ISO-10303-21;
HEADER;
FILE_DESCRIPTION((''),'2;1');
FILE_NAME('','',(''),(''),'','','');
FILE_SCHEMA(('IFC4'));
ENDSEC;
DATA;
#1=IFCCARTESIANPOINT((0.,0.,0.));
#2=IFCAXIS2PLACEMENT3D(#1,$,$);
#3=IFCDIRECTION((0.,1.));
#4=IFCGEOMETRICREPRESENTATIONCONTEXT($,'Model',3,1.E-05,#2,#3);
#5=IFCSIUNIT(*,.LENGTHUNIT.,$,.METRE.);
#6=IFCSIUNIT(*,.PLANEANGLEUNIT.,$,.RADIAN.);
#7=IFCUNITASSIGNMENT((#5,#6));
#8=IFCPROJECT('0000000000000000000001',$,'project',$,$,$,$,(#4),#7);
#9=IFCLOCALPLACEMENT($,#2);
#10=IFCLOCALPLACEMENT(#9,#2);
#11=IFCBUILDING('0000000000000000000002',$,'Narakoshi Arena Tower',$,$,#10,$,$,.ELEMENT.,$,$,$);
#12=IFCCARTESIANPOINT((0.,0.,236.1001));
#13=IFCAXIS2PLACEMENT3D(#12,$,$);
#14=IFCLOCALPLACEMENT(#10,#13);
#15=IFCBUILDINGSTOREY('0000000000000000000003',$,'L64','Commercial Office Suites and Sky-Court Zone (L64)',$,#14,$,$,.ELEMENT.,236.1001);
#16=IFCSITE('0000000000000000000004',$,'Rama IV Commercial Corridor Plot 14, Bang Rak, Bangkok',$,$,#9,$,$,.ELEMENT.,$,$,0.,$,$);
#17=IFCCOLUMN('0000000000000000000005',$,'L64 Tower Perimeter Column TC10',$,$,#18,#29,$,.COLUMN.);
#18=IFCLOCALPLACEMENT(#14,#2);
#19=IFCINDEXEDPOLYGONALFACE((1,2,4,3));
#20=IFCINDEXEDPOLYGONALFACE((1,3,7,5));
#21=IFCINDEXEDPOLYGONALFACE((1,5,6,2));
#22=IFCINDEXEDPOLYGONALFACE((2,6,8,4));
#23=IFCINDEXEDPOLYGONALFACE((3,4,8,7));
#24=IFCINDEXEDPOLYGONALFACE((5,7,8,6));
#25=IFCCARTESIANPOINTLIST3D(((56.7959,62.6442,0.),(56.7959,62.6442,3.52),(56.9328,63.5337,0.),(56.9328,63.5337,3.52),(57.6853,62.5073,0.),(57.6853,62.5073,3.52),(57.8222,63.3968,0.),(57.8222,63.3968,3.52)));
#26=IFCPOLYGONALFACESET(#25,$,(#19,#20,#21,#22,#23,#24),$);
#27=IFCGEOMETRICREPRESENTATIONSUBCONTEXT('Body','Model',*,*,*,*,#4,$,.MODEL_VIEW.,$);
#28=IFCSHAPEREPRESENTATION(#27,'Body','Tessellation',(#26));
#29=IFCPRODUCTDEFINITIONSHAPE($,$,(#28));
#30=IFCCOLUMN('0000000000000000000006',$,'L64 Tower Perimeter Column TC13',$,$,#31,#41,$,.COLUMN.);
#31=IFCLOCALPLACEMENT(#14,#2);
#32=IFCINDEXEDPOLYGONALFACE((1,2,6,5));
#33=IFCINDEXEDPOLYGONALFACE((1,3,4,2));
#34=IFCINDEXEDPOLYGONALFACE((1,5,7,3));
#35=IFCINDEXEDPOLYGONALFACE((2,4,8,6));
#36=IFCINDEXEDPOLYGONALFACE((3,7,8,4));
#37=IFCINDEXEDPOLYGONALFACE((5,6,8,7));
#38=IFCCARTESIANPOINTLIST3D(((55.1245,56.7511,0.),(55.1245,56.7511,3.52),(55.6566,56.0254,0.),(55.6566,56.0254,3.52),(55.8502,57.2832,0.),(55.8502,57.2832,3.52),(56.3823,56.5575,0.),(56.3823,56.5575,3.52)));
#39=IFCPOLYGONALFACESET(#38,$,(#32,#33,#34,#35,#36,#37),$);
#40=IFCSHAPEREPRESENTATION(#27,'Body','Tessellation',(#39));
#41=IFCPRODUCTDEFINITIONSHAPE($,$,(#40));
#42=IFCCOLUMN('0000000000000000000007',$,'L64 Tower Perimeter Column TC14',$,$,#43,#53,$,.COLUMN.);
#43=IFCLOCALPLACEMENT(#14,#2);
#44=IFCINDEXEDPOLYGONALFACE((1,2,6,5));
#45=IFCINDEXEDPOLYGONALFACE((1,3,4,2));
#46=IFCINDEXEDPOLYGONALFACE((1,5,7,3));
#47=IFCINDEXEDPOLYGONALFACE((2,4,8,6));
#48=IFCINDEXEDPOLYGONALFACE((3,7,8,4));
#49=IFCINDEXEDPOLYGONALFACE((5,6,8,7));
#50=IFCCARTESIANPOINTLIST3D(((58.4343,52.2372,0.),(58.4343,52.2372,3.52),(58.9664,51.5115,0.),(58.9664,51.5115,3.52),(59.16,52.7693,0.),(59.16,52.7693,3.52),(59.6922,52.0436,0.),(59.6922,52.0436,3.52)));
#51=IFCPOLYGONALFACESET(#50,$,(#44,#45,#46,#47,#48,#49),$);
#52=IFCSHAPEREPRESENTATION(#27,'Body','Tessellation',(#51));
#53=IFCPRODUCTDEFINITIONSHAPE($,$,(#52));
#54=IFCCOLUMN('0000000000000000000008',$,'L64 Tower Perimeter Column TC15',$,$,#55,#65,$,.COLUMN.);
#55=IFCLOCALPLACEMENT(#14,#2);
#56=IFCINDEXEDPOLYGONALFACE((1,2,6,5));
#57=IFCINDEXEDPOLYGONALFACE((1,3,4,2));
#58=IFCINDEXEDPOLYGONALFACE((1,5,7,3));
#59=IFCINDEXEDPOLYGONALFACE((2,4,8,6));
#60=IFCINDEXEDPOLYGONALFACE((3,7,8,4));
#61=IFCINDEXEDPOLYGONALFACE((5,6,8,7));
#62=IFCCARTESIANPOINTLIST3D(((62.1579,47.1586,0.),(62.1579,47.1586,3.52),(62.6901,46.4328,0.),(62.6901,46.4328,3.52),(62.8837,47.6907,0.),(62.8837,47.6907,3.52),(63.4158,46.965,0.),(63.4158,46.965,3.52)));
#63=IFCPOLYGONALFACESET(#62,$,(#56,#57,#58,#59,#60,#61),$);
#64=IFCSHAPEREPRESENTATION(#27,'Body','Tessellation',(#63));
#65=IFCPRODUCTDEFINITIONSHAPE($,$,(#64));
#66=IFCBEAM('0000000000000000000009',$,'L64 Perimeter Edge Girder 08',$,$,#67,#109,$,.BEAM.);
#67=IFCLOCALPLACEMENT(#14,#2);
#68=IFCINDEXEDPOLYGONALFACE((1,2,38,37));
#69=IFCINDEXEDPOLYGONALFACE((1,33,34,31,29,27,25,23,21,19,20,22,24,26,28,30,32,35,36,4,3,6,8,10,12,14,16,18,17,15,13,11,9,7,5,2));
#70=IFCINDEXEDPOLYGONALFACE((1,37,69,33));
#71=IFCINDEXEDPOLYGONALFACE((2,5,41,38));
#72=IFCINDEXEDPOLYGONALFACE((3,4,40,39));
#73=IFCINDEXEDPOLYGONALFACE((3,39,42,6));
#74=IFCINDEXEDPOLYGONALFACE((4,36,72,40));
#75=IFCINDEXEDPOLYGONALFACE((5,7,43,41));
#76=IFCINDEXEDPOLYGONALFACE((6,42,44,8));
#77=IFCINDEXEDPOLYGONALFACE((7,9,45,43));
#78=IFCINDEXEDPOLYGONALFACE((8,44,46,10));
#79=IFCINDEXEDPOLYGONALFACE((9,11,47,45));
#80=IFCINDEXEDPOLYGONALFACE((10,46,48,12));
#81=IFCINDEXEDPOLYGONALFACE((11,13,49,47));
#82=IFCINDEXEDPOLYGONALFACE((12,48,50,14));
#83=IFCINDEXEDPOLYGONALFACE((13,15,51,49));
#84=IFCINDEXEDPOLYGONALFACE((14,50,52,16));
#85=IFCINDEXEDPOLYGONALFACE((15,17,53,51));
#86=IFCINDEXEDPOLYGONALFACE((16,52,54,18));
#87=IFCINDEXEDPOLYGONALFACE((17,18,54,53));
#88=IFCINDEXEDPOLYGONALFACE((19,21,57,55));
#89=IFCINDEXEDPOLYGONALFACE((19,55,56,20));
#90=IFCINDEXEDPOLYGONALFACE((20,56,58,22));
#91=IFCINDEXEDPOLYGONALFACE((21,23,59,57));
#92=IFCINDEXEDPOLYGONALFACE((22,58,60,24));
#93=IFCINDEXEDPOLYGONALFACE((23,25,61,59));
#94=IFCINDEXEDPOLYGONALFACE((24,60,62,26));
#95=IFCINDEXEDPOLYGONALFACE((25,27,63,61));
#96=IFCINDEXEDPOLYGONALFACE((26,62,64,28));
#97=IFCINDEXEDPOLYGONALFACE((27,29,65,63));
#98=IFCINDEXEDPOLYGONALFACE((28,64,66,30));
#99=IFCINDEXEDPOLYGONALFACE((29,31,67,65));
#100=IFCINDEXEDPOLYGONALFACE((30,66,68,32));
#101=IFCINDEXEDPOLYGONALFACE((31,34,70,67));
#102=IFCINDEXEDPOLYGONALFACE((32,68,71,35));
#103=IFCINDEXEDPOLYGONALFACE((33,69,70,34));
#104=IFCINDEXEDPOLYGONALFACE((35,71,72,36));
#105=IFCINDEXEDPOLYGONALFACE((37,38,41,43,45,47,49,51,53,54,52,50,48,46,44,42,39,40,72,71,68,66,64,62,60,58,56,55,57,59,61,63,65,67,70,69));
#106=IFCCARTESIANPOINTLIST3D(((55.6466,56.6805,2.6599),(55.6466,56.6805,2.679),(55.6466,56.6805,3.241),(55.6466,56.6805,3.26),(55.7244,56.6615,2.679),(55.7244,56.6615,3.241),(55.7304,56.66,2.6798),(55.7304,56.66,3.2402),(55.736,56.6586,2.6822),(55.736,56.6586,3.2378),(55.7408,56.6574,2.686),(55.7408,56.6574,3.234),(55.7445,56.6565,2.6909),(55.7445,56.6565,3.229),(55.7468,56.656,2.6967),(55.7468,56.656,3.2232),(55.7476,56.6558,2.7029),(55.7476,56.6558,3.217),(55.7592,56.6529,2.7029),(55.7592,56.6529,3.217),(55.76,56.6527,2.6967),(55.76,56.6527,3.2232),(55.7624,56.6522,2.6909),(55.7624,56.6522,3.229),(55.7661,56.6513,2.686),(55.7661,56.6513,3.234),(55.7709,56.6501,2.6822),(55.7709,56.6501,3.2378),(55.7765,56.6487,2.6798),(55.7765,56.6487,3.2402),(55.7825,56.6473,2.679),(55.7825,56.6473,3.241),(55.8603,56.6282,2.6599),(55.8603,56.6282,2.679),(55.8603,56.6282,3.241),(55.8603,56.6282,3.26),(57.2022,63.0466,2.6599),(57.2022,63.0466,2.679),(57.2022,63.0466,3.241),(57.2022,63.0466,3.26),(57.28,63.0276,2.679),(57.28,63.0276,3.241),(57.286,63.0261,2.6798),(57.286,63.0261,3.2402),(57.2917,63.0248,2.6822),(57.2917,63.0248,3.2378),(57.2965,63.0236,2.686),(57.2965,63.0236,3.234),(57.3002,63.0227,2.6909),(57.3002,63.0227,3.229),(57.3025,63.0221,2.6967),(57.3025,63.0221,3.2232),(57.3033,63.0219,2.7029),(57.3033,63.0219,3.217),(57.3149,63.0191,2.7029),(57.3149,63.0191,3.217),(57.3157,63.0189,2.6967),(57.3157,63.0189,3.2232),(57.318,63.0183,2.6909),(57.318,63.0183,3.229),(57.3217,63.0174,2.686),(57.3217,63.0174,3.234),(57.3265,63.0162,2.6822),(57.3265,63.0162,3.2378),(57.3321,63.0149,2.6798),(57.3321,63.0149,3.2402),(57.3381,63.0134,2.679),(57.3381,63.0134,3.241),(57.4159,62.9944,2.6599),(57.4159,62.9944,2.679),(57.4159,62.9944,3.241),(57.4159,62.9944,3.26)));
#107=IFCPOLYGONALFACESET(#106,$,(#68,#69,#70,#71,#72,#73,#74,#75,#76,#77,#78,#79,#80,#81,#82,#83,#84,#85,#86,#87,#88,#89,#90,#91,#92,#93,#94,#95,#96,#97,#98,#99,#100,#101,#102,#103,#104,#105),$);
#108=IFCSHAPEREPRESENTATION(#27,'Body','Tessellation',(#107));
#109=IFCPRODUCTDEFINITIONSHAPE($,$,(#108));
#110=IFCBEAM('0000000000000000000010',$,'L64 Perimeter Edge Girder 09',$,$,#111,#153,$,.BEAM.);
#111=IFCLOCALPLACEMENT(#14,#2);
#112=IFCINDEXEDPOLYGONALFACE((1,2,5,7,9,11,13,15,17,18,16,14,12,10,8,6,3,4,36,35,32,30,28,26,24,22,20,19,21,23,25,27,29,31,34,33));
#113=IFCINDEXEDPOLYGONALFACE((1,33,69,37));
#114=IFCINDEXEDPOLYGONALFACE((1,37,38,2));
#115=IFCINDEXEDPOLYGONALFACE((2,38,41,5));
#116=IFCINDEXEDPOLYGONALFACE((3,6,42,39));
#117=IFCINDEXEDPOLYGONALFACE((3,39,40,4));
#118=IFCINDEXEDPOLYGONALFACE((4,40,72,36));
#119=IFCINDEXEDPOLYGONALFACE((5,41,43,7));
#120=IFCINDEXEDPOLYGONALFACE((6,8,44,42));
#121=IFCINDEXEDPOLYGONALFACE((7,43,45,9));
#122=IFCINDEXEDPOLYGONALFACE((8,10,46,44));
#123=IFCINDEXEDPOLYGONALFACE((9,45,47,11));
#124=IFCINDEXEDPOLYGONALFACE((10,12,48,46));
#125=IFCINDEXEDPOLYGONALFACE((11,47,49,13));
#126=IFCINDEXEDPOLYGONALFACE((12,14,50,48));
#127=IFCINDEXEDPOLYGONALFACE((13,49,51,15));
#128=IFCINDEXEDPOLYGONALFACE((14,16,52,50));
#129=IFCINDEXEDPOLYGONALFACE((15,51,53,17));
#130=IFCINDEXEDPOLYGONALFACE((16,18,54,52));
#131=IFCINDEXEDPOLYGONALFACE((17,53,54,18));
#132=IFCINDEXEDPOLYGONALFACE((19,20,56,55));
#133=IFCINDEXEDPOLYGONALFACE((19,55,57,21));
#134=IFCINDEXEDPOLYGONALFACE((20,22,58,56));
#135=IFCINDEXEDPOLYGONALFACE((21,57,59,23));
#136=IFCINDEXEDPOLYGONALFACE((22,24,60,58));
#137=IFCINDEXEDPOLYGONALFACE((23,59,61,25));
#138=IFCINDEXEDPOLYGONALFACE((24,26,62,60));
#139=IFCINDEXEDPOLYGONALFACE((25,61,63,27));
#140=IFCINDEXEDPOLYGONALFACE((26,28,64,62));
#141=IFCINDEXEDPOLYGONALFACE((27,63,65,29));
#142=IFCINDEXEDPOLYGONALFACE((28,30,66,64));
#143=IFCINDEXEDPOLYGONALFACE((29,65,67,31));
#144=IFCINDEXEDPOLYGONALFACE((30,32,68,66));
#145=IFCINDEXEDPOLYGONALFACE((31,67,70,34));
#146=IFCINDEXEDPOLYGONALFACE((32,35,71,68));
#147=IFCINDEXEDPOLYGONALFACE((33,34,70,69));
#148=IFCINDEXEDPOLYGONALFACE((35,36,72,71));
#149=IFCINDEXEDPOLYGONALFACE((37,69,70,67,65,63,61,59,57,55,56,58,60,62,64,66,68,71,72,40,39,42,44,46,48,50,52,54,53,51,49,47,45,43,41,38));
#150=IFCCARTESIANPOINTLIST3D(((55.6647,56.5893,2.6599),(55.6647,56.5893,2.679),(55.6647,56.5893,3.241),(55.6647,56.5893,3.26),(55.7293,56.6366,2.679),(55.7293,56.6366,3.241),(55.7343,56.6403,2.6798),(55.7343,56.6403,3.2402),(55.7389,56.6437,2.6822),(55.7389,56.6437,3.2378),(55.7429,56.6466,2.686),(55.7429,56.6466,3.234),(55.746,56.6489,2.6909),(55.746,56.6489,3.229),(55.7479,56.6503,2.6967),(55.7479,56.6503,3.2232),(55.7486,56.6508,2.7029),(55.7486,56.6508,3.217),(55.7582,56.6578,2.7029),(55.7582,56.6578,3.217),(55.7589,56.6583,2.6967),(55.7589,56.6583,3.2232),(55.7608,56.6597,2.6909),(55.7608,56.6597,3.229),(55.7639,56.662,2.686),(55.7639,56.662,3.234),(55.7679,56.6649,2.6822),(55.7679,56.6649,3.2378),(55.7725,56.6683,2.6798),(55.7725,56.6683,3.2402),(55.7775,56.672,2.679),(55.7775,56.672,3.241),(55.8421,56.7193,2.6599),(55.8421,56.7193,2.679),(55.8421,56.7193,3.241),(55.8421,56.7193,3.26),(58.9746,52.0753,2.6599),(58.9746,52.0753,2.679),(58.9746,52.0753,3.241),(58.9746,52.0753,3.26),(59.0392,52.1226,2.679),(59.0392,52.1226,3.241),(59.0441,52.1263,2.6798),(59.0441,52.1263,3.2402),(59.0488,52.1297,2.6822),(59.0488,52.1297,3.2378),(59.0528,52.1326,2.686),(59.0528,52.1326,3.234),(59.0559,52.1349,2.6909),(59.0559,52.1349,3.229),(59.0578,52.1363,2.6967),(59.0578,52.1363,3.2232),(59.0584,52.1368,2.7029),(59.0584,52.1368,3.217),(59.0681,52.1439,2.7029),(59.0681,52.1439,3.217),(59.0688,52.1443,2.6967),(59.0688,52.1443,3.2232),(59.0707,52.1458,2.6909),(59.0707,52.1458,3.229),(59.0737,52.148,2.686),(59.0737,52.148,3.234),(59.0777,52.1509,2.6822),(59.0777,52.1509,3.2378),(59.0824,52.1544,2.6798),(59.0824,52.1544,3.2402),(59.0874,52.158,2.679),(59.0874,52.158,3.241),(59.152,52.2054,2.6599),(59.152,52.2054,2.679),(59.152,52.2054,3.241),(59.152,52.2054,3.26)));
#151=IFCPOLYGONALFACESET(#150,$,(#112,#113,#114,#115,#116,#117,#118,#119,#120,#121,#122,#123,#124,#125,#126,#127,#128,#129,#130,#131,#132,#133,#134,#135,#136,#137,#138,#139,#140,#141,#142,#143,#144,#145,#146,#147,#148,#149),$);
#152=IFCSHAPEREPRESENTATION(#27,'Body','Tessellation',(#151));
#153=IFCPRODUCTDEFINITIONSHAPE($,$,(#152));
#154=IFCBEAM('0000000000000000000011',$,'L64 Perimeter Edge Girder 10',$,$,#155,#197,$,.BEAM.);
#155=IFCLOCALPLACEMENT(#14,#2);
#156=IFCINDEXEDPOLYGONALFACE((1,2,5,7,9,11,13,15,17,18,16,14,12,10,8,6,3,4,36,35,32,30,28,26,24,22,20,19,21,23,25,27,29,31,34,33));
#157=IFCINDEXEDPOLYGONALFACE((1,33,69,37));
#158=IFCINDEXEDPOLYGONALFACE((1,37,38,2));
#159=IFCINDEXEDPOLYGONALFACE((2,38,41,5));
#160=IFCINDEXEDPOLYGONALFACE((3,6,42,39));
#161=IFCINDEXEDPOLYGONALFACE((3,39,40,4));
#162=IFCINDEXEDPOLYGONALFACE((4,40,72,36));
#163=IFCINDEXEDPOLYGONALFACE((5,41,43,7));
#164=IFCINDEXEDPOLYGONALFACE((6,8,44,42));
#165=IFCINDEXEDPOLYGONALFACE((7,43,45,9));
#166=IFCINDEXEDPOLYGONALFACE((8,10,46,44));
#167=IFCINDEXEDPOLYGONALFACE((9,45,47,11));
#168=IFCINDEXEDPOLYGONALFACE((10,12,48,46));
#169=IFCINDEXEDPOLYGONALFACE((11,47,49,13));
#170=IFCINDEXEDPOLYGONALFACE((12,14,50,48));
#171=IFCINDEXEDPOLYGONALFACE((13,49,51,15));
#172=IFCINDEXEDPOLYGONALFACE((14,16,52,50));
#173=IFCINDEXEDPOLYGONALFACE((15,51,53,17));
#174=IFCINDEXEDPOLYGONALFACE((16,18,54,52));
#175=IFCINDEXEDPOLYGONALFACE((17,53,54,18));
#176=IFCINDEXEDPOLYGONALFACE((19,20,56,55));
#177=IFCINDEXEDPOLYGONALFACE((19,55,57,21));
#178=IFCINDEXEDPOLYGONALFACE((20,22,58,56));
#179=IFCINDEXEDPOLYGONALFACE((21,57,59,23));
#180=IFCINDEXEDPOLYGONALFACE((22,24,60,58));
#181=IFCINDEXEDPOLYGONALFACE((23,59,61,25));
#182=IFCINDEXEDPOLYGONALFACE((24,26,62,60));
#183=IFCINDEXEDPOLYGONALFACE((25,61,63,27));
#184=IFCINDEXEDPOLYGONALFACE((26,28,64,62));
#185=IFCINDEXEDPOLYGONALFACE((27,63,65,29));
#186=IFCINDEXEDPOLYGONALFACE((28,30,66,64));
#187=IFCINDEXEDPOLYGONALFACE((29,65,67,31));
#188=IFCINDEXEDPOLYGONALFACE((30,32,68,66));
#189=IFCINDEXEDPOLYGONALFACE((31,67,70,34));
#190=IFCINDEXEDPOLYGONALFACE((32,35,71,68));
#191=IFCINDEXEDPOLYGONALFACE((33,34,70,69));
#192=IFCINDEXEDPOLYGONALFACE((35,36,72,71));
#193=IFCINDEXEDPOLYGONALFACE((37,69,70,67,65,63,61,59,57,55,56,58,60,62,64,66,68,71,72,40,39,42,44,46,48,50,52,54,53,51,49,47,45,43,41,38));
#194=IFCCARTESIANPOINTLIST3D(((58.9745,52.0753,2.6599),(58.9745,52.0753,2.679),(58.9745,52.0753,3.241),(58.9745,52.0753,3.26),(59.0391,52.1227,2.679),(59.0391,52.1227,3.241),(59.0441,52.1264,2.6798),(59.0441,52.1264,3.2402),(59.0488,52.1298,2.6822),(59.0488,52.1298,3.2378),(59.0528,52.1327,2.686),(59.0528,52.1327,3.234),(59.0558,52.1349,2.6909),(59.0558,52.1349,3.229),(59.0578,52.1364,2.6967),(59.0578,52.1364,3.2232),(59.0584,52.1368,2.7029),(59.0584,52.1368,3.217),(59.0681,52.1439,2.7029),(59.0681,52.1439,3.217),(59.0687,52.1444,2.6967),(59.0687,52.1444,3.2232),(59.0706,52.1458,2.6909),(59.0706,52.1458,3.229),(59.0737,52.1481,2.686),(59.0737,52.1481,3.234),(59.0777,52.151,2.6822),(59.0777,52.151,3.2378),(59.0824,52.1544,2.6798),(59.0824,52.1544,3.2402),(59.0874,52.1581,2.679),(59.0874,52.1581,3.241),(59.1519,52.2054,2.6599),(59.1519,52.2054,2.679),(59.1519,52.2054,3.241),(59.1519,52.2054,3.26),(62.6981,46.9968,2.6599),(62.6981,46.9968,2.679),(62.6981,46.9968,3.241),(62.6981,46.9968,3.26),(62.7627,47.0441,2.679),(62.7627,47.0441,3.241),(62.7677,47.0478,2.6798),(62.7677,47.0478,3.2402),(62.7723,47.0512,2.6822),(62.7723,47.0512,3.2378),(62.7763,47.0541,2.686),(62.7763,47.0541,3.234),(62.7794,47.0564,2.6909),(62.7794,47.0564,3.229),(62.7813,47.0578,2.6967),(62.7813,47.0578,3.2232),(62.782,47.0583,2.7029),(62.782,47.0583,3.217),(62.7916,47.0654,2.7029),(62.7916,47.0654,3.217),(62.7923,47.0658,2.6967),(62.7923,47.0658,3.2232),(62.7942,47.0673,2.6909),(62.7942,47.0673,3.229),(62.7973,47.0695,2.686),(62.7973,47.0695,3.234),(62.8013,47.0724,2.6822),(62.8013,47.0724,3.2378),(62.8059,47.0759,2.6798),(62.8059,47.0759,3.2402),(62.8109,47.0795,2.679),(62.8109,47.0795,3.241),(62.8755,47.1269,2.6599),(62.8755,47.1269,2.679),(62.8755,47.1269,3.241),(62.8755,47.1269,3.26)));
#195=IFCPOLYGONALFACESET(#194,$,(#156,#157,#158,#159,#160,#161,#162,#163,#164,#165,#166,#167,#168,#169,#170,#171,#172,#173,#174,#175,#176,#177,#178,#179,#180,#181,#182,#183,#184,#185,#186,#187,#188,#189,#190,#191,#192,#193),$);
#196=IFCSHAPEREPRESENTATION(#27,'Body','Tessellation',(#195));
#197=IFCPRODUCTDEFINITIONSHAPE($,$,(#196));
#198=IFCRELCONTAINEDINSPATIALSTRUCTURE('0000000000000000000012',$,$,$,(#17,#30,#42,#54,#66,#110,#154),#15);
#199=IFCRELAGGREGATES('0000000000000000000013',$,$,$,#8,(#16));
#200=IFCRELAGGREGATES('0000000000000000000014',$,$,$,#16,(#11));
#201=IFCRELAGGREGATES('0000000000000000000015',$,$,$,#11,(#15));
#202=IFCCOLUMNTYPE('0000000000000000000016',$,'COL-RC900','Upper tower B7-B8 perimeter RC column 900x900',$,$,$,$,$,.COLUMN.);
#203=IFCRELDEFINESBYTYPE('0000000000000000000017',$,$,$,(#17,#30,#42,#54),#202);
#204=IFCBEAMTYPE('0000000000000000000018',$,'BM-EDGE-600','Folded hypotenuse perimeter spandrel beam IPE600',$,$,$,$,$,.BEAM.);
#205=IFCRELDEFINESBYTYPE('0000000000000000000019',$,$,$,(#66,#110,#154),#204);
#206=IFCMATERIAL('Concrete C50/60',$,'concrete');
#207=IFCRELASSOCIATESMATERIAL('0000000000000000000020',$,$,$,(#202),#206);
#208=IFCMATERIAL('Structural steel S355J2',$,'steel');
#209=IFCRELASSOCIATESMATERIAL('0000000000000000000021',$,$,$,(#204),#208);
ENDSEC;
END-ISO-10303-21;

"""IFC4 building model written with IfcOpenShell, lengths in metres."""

from ifc_helpers import new_model, si_unit, direction, frame, origin, origin_2d, place, context, subcontext, project, spatial, rectangle, i_section, extrude, material, material_profile, profile_set, type_object, element, save


model = new_model("IFC4")

# Units and contexts
model_context = context("Model", 3, precision=1e-05, world=origin(), true_north=direction((0.0, 1.0)))
body_context = subcontext(model_context, "Body", "Model", "MODEL_VIEW")
ifc_project = project(units=[si_unit("LENGTHUNIT", "METRE"), si_unit("PLANEANGLEUNIT", "RADIAN")], contexts=[model_context])

# Site, building, storey
site_placement = place(None, origin())
site = spatial("IfcSite", under=ifc_project, at=site_placement, Name="Rama IV Commercial Corridor Plot 14, Bang Rak, Bangkok", CompositionType="ELEMENT", RefElevation=0.0)
building_placement = place(site_placement, origin())
building = spatial("IfcBuilding", under=site, at=building_placement, Name="Narakoshi Arena Tower", CompositionType="ELEMENT")
storey_placement = place(building_placement, frame((0.0, 0.0, 236.1001)))
storey = spatial("IfcBuildingStorey", under=building, at=storey_placement, Name="L64", Description="Commercial Office Suites and Sky-Court Zone (L64)", CompositionType="ELEMENT", Elevation=236.1001)

# Columns
ifc_material_1 = material(Name="Concrete C50/60", Category="concrete")
ifc_material_profile_1 = material_profile(ifc_material_1, rectangle(XDim=0.8999, YDim=0.8999, at=origin_2d()), Name="RC900x900")
ifc_profile_set_1 = profile_set([ifc_material_profile_1], Name="Concrete C50/60")
column_type = type_object("IfcColumnType", Name="COL-RC900", Description="Upper tower B7-B8 perimeter RC column 900x900", PredefinedType="COLUMN", material=ifc_profile_set_1)
for number, where, z_axis, x_axis, name in (
    (1, (57.3091, 63.0205, 0.0), (0.0, 0.0, 1.0), (0.152123, 0.988362, 0.0), "L64 Tower Perimeter Column TC10"),
    (2, (55.7534, 56.6543, 0.0), (0.0, 0.0, 1.0), (-0.59131, 0.806445, 0.0), "L64 Tower Perimeter Column TC13"),
    (3, (59.0632, 52.1404, 0.0), (0.0, 0.0, 1.0), (-0.59131, 0.806445, 0.0), "L64 Tower Perimeter Column TC14"),
    (4, (62.7869, 47.0618, 0.0), (0.0, 0.0, 1.0), (-0.59131, 0.806445, 0.0), "L64 Tower Perimeter Column TC15"),
):
    element("IfcColumn", number, at=place(storey_placement, frame(where, z_axis=z_axis, x_axis=x_axis)), inside=storey, type_object=column_type, Name=name, PredefinedType="COLUMN", context=body_context, shape_type="SweptSolid", body=[
        extrude(rectangle(XDim=0.8999, YDim=0.8999, at=origin_2d()), origin(), (0.0, 0.0, 1.0), 3.52),
    ])

# Beams
ifc_material_2 = material(Name="Structural steel S355J2", Category="steel")
ifc_material_profile_2 = material_profile(ifc_material_2, i_section(OverallWidth=0.22, OverallDepth=0.6001, WebThickness=0.012, FlangeThickness=0.019, FilletRadius=0.0239, at=origin_2d()), Name="IPE600")
ifc_profile_set_2 = profile_set([ifc_material_profile_2], Name="Structural steel S355J2")
beam_type_1 = type_object("IfcBeamType", Name="BM-EDGE-600", Description="Folded hypotenuse perimeter spandrel beam IPE600", PredefinedType="BEAM", material=ifc_profile_set_2)
beam_1_placement = place(storey_placement, frame((57.3091, 63.0205, 2.96), z_axis=(-0.237378, -0.971417, 0.0), x_axis=(0.971417, -0.237378, 0.0)))
element("IfcBeam", 5, at=beam_1_placement, inside=storey, type_object=beam_type_1, Name="L64 Perimeter Edge Girder 08", PredefinedType="BEAM", context=body_context, shape_type="SweptSolid", body=[
    extrude(i_section(OverallWidth=0.22, OverallDepth=0.6001, WebThickness=0.012, FlangeThickness=0.019, FilletRadius=0.0239, at=origin_2d()), origin(), (0.0, 0.0, 1.0), 6.5535),
])
beam_2_placement = place(storey_placement, frame((55.7534, 56.6543, 2.96), z_axis=(0.591318, -0.806438, 0.0), x_axis=(0.806438, 0.591318, 0.0)))
element("IfcBeam", 6, at=beam_2_placement, inside=storey, type_object=beam_type_1, Name="L64 Perimeter Edge Girder 09", PredefinedType="BEAM", context=body_context, shape_type="SweptSolid", body=[
    extrude(i_section(OverallWidth=0.22, OverallDepth=0.6001, WebThickness=0.012, FlangeThickness=0.019, FilletRadius=0.0239, at=origin_2d()), origin(), (0.0, 0.0, 1.0), 5.5974),
])
for number, where, z_axis, x_axis, name in (
    (7, (59.0632, 52.1404, 2.96), (0.591293, -0.806457, 0.0), (0.806457, 0.591293, 0.0), "L64 Perimeter Edge Girder 10"),
):
    element("IfcBeam", number, at=place(storey_placement, frame(where, z_axis=z_axis, x_axis=x_axis)), inside=storey, type_object=beam_type_1, Name=name, PredefinedType="BEAM", context=body_context, shape_type="SweptSolid", body=[
        extrude(i_section(OverallWidth=0.22, OverallDepth=0.6001, WebThickness=0.012, FlangeThickness=0.019, FilletRadius=0.0239, at=origin_2d()), origin(), (0.0, 0.0, 1.0), 6.2974),
    ])

save(model, "model.ifc")
